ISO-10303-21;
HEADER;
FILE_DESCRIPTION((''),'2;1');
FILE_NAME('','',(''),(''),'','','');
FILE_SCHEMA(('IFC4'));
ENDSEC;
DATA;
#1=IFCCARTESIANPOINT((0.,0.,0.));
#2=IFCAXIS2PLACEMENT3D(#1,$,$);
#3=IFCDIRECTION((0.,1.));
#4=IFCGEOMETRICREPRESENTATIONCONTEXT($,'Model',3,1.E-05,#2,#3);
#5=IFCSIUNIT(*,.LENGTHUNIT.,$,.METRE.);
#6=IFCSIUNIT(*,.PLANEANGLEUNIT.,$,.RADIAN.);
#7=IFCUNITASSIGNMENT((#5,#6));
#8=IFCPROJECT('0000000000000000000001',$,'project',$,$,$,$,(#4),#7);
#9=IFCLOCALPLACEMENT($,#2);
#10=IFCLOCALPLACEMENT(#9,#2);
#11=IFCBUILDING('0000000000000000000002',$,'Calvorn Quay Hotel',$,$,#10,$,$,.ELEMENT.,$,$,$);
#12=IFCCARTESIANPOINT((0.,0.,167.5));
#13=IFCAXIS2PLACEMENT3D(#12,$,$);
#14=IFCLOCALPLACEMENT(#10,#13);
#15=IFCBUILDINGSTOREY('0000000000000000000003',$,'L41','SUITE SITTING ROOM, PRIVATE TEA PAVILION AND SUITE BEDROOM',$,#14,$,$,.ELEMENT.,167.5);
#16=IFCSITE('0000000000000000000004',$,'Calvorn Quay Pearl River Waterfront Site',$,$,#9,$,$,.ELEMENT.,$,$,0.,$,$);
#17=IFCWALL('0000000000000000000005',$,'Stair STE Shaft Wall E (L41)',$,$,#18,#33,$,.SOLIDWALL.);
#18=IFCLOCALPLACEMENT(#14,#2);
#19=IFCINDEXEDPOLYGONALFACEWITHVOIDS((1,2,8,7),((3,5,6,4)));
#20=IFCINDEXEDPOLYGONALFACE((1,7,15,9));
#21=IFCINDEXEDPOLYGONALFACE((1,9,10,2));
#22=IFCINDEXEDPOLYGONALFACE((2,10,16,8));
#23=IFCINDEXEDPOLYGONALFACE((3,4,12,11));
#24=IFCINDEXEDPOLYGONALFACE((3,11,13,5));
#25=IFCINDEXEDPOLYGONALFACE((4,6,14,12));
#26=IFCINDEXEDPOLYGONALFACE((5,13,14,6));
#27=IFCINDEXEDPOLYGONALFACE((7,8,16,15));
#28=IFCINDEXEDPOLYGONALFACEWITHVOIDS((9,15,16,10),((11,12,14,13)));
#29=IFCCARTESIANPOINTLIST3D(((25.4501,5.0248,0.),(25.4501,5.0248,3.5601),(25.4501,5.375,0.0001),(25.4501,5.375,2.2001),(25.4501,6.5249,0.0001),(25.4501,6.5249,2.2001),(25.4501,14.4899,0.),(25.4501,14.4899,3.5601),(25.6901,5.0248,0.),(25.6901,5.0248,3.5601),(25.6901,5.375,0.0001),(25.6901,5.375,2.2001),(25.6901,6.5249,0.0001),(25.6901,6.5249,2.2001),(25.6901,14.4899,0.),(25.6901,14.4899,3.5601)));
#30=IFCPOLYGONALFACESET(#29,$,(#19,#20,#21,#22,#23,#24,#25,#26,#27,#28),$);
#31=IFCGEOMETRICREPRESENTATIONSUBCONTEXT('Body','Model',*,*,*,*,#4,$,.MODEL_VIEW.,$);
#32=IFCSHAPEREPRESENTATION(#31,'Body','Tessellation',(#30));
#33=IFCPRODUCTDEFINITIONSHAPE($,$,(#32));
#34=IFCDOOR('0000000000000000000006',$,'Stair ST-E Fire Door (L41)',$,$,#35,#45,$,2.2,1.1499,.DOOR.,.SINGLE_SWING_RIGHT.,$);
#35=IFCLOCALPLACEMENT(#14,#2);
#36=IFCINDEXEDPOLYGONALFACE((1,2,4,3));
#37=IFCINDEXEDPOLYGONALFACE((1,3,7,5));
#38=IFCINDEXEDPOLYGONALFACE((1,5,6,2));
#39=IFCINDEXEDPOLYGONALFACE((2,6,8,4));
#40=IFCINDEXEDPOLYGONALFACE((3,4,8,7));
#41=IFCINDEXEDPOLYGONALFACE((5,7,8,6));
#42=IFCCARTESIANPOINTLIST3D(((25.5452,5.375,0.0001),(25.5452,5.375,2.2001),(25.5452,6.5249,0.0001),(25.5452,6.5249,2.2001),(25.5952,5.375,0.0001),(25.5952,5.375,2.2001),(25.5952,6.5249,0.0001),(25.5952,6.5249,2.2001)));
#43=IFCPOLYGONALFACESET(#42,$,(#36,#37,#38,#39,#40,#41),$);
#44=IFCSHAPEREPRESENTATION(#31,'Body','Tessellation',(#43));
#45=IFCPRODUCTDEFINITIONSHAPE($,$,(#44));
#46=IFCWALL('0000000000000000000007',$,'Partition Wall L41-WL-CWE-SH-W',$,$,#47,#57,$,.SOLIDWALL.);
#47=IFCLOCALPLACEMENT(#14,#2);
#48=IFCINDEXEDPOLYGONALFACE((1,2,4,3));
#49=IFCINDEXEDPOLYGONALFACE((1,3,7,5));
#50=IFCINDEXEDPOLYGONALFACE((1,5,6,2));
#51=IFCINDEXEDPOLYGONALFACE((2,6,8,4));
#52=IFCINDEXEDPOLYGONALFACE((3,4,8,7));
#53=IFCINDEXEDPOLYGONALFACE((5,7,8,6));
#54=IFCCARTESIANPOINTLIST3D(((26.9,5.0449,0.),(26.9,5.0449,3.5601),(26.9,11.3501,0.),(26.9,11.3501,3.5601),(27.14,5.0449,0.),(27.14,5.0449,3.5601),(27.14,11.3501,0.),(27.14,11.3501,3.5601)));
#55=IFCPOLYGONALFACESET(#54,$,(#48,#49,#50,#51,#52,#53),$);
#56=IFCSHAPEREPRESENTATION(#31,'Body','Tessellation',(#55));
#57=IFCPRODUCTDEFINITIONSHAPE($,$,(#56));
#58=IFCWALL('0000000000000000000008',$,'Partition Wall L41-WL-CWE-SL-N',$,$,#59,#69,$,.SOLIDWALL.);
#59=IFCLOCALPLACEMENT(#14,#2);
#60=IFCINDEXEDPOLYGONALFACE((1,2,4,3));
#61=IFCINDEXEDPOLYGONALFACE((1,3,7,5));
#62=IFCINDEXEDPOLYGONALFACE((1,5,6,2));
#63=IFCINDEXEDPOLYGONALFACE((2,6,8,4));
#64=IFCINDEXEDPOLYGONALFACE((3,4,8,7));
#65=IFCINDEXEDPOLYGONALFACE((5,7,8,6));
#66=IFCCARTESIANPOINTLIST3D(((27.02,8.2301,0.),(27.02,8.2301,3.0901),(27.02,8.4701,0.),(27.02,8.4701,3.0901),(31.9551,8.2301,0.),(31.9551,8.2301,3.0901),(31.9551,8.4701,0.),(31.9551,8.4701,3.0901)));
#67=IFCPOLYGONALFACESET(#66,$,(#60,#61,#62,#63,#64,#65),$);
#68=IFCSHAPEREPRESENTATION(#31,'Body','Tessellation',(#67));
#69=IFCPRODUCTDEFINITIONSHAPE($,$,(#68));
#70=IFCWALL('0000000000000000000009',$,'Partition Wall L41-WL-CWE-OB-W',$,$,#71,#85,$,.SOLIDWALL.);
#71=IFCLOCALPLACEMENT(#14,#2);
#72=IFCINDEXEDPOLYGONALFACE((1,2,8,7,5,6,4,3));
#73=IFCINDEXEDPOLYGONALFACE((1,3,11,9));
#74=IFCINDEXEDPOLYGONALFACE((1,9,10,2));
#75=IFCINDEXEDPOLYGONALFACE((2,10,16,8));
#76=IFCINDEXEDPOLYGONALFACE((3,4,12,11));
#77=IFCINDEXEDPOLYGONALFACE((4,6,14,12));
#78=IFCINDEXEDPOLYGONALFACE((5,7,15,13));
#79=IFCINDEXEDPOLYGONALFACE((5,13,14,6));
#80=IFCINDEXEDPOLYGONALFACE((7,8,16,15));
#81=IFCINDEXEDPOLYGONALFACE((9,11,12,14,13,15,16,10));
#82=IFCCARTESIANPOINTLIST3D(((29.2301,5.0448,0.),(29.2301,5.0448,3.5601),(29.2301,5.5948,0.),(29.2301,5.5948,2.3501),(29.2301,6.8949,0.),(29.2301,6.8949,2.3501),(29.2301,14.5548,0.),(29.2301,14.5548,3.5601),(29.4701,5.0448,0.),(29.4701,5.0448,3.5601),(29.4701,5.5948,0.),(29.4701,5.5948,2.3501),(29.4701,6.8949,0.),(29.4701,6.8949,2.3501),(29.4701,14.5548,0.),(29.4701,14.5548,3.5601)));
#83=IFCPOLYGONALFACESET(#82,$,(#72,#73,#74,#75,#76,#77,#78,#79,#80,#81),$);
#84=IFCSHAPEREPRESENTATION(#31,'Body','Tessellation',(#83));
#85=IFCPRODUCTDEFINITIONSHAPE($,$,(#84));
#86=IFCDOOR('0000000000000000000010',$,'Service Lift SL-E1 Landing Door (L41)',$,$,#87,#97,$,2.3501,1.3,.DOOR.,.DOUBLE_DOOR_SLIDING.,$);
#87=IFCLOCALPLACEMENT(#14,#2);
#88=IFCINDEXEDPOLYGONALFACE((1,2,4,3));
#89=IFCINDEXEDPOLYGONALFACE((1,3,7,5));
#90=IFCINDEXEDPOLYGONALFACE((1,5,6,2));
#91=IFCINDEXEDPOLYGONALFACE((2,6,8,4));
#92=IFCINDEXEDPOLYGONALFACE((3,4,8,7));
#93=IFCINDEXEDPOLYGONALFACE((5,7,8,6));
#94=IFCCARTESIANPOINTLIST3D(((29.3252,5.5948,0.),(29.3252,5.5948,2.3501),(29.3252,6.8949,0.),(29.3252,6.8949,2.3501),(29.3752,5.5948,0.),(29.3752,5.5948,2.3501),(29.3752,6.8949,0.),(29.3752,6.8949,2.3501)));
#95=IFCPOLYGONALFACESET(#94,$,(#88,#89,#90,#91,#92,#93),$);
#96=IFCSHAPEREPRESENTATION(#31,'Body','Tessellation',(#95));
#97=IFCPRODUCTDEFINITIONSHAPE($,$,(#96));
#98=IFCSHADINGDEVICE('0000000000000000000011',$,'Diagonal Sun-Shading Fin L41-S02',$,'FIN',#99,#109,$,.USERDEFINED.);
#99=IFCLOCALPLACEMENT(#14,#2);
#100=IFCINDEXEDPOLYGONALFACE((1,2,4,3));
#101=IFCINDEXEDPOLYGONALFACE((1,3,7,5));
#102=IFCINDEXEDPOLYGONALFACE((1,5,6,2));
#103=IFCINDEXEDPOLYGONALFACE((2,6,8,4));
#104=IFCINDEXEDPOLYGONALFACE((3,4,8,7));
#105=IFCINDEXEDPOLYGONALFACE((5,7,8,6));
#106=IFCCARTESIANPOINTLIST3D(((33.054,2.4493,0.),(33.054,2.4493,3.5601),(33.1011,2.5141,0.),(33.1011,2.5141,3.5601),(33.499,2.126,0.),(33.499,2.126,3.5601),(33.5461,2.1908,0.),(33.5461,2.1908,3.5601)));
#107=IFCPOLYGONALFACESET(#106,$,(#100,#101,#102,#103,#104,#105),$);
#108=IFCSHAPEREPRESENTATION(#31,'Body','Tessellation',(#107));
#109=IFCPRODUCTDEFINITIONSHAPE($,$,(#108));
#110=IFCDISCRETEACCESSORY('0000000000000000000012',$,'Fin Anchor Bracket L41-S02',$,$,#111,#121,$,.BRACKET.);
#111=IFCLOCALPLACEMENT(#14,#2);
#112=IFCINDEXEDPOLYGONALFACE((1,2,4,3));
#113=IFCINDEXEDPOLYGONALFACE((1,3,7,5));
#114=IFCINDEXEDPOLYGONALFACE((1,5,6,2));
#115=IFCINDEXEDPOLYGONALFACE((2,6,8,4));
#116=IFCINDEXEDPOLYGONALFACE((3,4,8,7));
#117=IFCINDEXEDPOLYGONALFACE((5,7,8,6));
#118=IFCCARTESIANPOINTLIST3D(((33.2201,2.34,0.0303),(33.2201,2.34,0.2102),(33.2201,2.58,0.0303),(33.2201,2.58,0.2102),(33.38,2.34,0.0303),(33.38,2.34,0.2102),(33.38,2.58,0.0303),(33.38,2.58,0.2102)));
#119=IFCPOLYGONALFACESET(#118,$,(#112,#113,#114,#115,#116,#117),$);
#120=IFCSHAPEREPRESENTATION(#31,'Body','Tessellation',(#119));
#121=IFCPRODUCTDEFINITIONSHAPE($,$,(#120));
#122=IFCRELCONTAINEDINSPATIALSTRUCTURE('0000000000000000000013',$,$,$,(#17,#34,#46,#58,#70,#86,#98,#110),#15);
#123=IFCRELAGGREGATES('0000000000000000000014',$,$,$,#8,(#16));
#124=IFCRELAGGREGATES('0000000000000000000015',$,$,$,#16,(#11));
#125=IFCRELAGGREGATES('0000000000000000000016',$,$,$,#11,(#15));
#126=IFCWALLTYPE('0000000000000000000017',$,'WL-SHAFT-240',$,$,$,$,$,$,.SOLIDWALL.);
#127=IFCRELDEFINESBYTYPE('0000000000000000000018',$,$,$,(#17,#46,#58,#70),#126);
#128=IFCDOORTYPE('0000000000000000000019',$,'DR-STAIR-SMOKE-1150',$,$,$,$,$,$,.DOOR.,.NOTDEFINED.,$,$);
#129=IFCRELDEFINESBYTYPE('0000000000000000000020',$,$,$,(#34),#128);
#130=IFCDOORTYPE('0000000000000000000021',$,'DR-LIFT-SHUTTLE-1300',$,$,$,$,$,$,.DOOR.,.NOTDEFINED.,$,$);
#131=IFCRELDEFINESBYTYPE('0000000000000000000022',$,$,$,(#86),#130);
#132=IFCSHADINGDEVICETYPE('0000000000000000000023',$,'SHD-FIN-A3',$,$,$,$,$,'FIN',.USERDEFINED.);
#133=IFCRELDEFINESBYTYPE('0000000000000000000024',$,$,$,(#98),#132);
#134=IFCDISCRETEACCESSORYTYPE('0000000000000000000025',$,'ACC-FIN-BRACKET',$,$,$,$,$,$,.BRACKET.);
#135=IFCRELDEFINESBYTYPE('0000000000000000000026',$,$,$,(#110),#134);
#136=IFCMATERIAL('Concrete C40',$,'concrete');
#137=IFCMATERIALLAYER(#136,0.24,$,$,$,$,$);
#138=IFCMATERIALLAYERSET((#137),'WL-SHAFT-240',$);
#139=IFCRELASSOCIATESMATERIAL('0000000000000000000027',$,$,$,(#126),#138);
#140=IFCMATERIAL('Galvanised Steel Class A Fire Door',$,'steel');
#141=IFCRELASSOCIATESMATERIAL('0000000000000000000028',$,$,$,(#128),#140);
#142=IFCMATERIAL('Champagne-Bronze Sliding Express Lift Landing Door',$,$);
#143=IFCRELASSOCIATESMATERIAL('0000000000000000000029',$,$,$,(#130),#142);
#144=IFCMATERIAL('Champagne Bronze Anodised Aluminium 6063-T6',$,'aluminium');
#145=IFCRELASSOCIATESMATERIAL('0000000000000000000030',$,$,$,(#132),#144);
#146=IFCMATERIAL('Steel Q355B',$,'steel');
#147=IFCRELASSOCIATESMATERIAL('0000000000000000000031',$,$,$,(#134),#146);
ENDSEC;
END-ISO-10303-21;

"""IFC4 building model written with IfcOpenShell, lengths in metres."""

from ifc_helpers import new_model, si_unit, direction, frame, frame_2d, origin, origin_2d, place, context, subcontext, project, spatial, rectangle, extrude, material, layer, layer_set, type_object, element, fill, save


model = new_model("IFC4")

# Units and contexts
model_context = context("Model", 3, precision=1e-05, world=origin(), true_north=direction((0.0, 1.0)))
body_context = subcontext(model_context, "Body", "Model", "MODEL_VIEW")
ifc_project = project(units=[si_unit("LENGTHUNIT", "METRE"), si_unit("PLANEANGLEUNIT", "RADIAN")], contexts=[model_context])

# Site, building, storey
site_placement = place(None, origin())
site = spatial("IfcSite", under=ifc_project, at=site_placement, Name="Calvorn Quay Pearl River Waterfront Site", CompositionType="ELEMENT", RefElevation=0.0)
building_placement = place(site_placement, origin())
building = spatial("IfcBuilding", under=site, at=building_placement, Name="Calvorn Quay Hotel", CompositionType="ELEMENT")
storey_placement = place(building_placement, frame((0.0, 0.0, 167.5)))
storey = spatial("IfcBuildingStorey", under=building, at=storey_placement, Name="L41", Description="SUITE SITTING ROOM, PRIVATE TEA PAVILION AND SUITE BEDROOM", CompositionType="ELEMENT", Elevation=167.5)

# Wall, opening, door
ifc_material_1 = material(Name="Concrete C40", Category="concrete")
ifc_layer_1 = layer(ifc_material_1, 0.24)
ifc_layer_set_1 = layer_set([ifc_layer_1], Name="WL-SHAFT-240")
wall_type_1 = type_object("IfcWallType", Name="WL-SHAFT-240", PredefinedType="SOLIDWALL", material=ifc_layer_set_1)
wall_1_placement = place(storey_placement, frame((25.5701, 5.0249, 0.0), z_axis=(0.0, 0.0, 1.0), x_axis=(0.0, 1.0, 0.0)))
wall_1 = element("IfcWall", 1, at=wall_1_placement, inside=storey, type_object=wall_type_1, Name="Stair STE Shaft Wall E (L41)", PredefinedType="SOLIDWALL", context=body_context, shape_type="SweptSolid", body=[
    extrude(rectangle(XDim=9.4651, YDim=0.24, at=frame_2d((4.7324, 0.0))), origin(), (0.0, 0.0, 1.0), 3.5601),
])
opening_1_placement = place(wall_1_placement, frame((0.3501, 0.0, 0.0)))
opening_1 = element("IfcOpeningElement", 2, at=opening_1_placement, cuts=wall_1, PredefinedType="OPENING", context=body_context, shape_type="SweptSolid", body=[
    extrude(rectangle(XDim=1.1499, YDim=2.2, at=frame_2d((0.575, 1.1001))), frame((0.0, 0.1299, 0.0), z_axis=(0.0, -1.0, 0.0), x_axis=(1.0, 0.0, 0.0)), (0.0, 0.0, 1.0), 0.26),
])
ifc_material_2 = material(Name="Galvanised Steel Class A Fire Door", Category="steel")
door_type_1 = type_object("IfcDoorType", Name="DR-STAIR-SMOKE-1150", OperationType="NOTDEFINED", PredefinedType="DOOR", material=ifc_material_2)
door_1_placement = place(opening_1_placement, origin())
door_1 = element("IfcDoor", 3, at=door_1_placement, inside=storey, type_object=door_type_1, Name="Stair ST-E Fire Door (L41)", OperationType="SINGLE_SWING_RIGHT", OverallHeight=2.2, OverallWidth=1.1499, PredefinedType="DOOR", context=body_context, shape_type="SweptSolid", body=[
    extrude(rectangle(XDim=1.1499, YDim=2.2, at=frame_2d((0.575, 1.1001))), frame((0.0, 0.0249, 0.0), z_axis=(0.0, -1.0, 0.0), x_axis=(1.0, 0.0, 0.0)), (0.0, 0.0, 1.0), 0.05),
])
fill(opening_1, door_1)

# Walls
wall_2_placement = place(storey_placement, frame((27.02, 5.0449, 0.0), z_axis=(0.0, 0.0, 1.0), x_axis=(0.0, 1.0, 0.0)))
element("IfcWall", 4, at=wall_2_placement, inside=storey, type_object=wall_type_1, Name="Partition Wall L41-WL-CWE-SH-W", PredefinedType="SOLIDWALL", context=body_context, shape_type="SweptSolid", body=[
    extrude(rectangle(XDim=6.3052, YDim=0.24, at=frame_2d((3.1526, 0.0))), origin(), (0.0, 0.0, 1.0), 3.5601),
])
wall_3_placement = place(storey_placement, frame((27.02, 8.3501, 0.0), z_axis=(0.0, 0.0, 1.0), x_axis=(1.0, 0.0, 0.0)))
element("IfcWall", 5, at=wall_3_placement, inside=storey, type_object=wall_type_1, Name="Partition Wall L41-WL-CWE-SL-N", PredefinedType="SOLIDWALL", context=body_context, shape_type="SweptSolid", body=[
    extrude(rectangle(XDim=4.9351, YDim=0.24, at=frame_2d((2.4675, 0.0))), origin(), (0.0, 0.0, 1.0), 3.0901),
])

# Wall, opening, door
wall_4_placement = place(storey_placement, frame((29.3501, 5.0449, 0.0), z_axis=(0.0, 0.0, 1.0), x_axis=(0.0, 1.0, 0.0)))
wall_4 = element("IfcWall", 6, at=wall_4_placement, inside=storey, type_object=wall_type_1, Name="Partition Wall L41-WL-CWE-OB-W", PredefinedType="SOLIDWALL", context=body_context, shape_type="SweptSolid", body=[
    extrude(rectangle(XDim=9.51, YDim=0.24, at=frame_2d((4.7549, 0.0))), origin(), (0.0, 0.0, 1.0), 3.5601),
])
opening_2_placement = place(wall_4_placement, frame((0.55, 0.0, 0.0)))
opening_2 = element("IfcOpeningElement", 7, at=opening_2_placement, cuts=wall_4, PredefinedType="OPENING", context=body_context, shape_type="SweptSolid", body=[
    extrude(rectangle(XDim=1.3, YDim=2.3501, at=frame_2d((0.6499, 1.175))), frame((0.0, 0.1299, 0.0), z_axis=(0.0, -1.0, 0.0), x_axis=(1.0, 0.0, 0.0)), (0.0, 0.0, 1.0), 0.26),
])
ifc_material_3 = material(Name="Champagne-Bronze Sliding Express Lift Landing Door")
door_type_2 = type_object("IfcDoorType", Name="DR-LIFT-SHUTTLE-1300", OperationType="NOTDEFINED", PredefinedType="DOOR", material=ifc_material_3)
door_2_placement = place(opening_2_placement, origin())
door_2 = element("IfcDoor", 8, at=door_2_placement, inside=storey, type_object=door_type_2, Name="Service Lift SL-E1 Landing Door (L41)", OperationType="DOUBLE_DOOR_SLIDING", OverallHeight=2.3501, OverallWidth=1.3, PredefinedType="DOOR", context=body_context, shape_type="SweptSolid", body=[
    extrude(rectangle(XDim=1.3, YDim=2.3501, at=frame_2d((0.6499, 1.175))), frame((0.0, 0.0249, 0.0), z_axis=(0.0, -1.0, 0.0), x_axis=(1.0, 0.0, 0.0)), (0.0, 0.0, 1.0), 0.05),
])
fill(opening_2, door_2)

# Shading device
ifc_material_4 = material(Name="Champagne Bronze Anodised Aluminium 6063-T6", Category="aluminium")
shading_device_type = type_object("IfcShadingDeviceType", Name="SHD-FIN-A3", ElementType="FIN", PredefinedType="USERDEFINED", material=ifc_material_4)
shading_device_placement = place(storey_placement, frame((33.3, 2.3201, 0.0), z_axis=(0.0, 0.0, 1.0), x_axis=(-0.809017, 0.587785, 0.0)))
element("IfcShadingDevice", 9, at=shading_device_placement, inside=storey, type_object=shading_device_type, Name="Diagonal Sun-Shading Fin L41-S02", ObjectType="FIN", PredefinedType="USERDEFINED", context=body_context, shape_type="SweptSolid", body=[
    extrude(rectangle(XDim=0.55, YDim=0.0801, at=origin_2d()), origin(), (0.0, 0.0, 1.0), 3.5601),
])

# Discrete accessory
ifc_material_5 = material(Name="Steel Q355B", Category="steel")
discrete_accessory_type = type_object("IfcDiscreteAccessoryType", Name="ACC-FIN-BRACKET", PredefinedType="BRACKET", material=ifc_material_5)
discrete_accessory_placement = place(storey_placement, frame((33.3, 2.46, 0.0303), z_axis=(0.0, 0.0, 1.0), x_axis=(0.0, 1.0, 0.0)))
element("IfcDiscreteAccessory", 10, at=discrete_accessory_placement, inside=storey, type_object=discrete_accessory_type, Name="Fin Anchor Bracket L41-S02", PredefinedType="BRACKET", context=body_context, shape_type="SweptSolid", body=[
    extrude(rectangle(XDim=0.24, YDim=0.1599, at=origin_2d()), origin(), (0.0, 0.0, 1.0), 0.1799),
])

save(model, "model.ifc")
